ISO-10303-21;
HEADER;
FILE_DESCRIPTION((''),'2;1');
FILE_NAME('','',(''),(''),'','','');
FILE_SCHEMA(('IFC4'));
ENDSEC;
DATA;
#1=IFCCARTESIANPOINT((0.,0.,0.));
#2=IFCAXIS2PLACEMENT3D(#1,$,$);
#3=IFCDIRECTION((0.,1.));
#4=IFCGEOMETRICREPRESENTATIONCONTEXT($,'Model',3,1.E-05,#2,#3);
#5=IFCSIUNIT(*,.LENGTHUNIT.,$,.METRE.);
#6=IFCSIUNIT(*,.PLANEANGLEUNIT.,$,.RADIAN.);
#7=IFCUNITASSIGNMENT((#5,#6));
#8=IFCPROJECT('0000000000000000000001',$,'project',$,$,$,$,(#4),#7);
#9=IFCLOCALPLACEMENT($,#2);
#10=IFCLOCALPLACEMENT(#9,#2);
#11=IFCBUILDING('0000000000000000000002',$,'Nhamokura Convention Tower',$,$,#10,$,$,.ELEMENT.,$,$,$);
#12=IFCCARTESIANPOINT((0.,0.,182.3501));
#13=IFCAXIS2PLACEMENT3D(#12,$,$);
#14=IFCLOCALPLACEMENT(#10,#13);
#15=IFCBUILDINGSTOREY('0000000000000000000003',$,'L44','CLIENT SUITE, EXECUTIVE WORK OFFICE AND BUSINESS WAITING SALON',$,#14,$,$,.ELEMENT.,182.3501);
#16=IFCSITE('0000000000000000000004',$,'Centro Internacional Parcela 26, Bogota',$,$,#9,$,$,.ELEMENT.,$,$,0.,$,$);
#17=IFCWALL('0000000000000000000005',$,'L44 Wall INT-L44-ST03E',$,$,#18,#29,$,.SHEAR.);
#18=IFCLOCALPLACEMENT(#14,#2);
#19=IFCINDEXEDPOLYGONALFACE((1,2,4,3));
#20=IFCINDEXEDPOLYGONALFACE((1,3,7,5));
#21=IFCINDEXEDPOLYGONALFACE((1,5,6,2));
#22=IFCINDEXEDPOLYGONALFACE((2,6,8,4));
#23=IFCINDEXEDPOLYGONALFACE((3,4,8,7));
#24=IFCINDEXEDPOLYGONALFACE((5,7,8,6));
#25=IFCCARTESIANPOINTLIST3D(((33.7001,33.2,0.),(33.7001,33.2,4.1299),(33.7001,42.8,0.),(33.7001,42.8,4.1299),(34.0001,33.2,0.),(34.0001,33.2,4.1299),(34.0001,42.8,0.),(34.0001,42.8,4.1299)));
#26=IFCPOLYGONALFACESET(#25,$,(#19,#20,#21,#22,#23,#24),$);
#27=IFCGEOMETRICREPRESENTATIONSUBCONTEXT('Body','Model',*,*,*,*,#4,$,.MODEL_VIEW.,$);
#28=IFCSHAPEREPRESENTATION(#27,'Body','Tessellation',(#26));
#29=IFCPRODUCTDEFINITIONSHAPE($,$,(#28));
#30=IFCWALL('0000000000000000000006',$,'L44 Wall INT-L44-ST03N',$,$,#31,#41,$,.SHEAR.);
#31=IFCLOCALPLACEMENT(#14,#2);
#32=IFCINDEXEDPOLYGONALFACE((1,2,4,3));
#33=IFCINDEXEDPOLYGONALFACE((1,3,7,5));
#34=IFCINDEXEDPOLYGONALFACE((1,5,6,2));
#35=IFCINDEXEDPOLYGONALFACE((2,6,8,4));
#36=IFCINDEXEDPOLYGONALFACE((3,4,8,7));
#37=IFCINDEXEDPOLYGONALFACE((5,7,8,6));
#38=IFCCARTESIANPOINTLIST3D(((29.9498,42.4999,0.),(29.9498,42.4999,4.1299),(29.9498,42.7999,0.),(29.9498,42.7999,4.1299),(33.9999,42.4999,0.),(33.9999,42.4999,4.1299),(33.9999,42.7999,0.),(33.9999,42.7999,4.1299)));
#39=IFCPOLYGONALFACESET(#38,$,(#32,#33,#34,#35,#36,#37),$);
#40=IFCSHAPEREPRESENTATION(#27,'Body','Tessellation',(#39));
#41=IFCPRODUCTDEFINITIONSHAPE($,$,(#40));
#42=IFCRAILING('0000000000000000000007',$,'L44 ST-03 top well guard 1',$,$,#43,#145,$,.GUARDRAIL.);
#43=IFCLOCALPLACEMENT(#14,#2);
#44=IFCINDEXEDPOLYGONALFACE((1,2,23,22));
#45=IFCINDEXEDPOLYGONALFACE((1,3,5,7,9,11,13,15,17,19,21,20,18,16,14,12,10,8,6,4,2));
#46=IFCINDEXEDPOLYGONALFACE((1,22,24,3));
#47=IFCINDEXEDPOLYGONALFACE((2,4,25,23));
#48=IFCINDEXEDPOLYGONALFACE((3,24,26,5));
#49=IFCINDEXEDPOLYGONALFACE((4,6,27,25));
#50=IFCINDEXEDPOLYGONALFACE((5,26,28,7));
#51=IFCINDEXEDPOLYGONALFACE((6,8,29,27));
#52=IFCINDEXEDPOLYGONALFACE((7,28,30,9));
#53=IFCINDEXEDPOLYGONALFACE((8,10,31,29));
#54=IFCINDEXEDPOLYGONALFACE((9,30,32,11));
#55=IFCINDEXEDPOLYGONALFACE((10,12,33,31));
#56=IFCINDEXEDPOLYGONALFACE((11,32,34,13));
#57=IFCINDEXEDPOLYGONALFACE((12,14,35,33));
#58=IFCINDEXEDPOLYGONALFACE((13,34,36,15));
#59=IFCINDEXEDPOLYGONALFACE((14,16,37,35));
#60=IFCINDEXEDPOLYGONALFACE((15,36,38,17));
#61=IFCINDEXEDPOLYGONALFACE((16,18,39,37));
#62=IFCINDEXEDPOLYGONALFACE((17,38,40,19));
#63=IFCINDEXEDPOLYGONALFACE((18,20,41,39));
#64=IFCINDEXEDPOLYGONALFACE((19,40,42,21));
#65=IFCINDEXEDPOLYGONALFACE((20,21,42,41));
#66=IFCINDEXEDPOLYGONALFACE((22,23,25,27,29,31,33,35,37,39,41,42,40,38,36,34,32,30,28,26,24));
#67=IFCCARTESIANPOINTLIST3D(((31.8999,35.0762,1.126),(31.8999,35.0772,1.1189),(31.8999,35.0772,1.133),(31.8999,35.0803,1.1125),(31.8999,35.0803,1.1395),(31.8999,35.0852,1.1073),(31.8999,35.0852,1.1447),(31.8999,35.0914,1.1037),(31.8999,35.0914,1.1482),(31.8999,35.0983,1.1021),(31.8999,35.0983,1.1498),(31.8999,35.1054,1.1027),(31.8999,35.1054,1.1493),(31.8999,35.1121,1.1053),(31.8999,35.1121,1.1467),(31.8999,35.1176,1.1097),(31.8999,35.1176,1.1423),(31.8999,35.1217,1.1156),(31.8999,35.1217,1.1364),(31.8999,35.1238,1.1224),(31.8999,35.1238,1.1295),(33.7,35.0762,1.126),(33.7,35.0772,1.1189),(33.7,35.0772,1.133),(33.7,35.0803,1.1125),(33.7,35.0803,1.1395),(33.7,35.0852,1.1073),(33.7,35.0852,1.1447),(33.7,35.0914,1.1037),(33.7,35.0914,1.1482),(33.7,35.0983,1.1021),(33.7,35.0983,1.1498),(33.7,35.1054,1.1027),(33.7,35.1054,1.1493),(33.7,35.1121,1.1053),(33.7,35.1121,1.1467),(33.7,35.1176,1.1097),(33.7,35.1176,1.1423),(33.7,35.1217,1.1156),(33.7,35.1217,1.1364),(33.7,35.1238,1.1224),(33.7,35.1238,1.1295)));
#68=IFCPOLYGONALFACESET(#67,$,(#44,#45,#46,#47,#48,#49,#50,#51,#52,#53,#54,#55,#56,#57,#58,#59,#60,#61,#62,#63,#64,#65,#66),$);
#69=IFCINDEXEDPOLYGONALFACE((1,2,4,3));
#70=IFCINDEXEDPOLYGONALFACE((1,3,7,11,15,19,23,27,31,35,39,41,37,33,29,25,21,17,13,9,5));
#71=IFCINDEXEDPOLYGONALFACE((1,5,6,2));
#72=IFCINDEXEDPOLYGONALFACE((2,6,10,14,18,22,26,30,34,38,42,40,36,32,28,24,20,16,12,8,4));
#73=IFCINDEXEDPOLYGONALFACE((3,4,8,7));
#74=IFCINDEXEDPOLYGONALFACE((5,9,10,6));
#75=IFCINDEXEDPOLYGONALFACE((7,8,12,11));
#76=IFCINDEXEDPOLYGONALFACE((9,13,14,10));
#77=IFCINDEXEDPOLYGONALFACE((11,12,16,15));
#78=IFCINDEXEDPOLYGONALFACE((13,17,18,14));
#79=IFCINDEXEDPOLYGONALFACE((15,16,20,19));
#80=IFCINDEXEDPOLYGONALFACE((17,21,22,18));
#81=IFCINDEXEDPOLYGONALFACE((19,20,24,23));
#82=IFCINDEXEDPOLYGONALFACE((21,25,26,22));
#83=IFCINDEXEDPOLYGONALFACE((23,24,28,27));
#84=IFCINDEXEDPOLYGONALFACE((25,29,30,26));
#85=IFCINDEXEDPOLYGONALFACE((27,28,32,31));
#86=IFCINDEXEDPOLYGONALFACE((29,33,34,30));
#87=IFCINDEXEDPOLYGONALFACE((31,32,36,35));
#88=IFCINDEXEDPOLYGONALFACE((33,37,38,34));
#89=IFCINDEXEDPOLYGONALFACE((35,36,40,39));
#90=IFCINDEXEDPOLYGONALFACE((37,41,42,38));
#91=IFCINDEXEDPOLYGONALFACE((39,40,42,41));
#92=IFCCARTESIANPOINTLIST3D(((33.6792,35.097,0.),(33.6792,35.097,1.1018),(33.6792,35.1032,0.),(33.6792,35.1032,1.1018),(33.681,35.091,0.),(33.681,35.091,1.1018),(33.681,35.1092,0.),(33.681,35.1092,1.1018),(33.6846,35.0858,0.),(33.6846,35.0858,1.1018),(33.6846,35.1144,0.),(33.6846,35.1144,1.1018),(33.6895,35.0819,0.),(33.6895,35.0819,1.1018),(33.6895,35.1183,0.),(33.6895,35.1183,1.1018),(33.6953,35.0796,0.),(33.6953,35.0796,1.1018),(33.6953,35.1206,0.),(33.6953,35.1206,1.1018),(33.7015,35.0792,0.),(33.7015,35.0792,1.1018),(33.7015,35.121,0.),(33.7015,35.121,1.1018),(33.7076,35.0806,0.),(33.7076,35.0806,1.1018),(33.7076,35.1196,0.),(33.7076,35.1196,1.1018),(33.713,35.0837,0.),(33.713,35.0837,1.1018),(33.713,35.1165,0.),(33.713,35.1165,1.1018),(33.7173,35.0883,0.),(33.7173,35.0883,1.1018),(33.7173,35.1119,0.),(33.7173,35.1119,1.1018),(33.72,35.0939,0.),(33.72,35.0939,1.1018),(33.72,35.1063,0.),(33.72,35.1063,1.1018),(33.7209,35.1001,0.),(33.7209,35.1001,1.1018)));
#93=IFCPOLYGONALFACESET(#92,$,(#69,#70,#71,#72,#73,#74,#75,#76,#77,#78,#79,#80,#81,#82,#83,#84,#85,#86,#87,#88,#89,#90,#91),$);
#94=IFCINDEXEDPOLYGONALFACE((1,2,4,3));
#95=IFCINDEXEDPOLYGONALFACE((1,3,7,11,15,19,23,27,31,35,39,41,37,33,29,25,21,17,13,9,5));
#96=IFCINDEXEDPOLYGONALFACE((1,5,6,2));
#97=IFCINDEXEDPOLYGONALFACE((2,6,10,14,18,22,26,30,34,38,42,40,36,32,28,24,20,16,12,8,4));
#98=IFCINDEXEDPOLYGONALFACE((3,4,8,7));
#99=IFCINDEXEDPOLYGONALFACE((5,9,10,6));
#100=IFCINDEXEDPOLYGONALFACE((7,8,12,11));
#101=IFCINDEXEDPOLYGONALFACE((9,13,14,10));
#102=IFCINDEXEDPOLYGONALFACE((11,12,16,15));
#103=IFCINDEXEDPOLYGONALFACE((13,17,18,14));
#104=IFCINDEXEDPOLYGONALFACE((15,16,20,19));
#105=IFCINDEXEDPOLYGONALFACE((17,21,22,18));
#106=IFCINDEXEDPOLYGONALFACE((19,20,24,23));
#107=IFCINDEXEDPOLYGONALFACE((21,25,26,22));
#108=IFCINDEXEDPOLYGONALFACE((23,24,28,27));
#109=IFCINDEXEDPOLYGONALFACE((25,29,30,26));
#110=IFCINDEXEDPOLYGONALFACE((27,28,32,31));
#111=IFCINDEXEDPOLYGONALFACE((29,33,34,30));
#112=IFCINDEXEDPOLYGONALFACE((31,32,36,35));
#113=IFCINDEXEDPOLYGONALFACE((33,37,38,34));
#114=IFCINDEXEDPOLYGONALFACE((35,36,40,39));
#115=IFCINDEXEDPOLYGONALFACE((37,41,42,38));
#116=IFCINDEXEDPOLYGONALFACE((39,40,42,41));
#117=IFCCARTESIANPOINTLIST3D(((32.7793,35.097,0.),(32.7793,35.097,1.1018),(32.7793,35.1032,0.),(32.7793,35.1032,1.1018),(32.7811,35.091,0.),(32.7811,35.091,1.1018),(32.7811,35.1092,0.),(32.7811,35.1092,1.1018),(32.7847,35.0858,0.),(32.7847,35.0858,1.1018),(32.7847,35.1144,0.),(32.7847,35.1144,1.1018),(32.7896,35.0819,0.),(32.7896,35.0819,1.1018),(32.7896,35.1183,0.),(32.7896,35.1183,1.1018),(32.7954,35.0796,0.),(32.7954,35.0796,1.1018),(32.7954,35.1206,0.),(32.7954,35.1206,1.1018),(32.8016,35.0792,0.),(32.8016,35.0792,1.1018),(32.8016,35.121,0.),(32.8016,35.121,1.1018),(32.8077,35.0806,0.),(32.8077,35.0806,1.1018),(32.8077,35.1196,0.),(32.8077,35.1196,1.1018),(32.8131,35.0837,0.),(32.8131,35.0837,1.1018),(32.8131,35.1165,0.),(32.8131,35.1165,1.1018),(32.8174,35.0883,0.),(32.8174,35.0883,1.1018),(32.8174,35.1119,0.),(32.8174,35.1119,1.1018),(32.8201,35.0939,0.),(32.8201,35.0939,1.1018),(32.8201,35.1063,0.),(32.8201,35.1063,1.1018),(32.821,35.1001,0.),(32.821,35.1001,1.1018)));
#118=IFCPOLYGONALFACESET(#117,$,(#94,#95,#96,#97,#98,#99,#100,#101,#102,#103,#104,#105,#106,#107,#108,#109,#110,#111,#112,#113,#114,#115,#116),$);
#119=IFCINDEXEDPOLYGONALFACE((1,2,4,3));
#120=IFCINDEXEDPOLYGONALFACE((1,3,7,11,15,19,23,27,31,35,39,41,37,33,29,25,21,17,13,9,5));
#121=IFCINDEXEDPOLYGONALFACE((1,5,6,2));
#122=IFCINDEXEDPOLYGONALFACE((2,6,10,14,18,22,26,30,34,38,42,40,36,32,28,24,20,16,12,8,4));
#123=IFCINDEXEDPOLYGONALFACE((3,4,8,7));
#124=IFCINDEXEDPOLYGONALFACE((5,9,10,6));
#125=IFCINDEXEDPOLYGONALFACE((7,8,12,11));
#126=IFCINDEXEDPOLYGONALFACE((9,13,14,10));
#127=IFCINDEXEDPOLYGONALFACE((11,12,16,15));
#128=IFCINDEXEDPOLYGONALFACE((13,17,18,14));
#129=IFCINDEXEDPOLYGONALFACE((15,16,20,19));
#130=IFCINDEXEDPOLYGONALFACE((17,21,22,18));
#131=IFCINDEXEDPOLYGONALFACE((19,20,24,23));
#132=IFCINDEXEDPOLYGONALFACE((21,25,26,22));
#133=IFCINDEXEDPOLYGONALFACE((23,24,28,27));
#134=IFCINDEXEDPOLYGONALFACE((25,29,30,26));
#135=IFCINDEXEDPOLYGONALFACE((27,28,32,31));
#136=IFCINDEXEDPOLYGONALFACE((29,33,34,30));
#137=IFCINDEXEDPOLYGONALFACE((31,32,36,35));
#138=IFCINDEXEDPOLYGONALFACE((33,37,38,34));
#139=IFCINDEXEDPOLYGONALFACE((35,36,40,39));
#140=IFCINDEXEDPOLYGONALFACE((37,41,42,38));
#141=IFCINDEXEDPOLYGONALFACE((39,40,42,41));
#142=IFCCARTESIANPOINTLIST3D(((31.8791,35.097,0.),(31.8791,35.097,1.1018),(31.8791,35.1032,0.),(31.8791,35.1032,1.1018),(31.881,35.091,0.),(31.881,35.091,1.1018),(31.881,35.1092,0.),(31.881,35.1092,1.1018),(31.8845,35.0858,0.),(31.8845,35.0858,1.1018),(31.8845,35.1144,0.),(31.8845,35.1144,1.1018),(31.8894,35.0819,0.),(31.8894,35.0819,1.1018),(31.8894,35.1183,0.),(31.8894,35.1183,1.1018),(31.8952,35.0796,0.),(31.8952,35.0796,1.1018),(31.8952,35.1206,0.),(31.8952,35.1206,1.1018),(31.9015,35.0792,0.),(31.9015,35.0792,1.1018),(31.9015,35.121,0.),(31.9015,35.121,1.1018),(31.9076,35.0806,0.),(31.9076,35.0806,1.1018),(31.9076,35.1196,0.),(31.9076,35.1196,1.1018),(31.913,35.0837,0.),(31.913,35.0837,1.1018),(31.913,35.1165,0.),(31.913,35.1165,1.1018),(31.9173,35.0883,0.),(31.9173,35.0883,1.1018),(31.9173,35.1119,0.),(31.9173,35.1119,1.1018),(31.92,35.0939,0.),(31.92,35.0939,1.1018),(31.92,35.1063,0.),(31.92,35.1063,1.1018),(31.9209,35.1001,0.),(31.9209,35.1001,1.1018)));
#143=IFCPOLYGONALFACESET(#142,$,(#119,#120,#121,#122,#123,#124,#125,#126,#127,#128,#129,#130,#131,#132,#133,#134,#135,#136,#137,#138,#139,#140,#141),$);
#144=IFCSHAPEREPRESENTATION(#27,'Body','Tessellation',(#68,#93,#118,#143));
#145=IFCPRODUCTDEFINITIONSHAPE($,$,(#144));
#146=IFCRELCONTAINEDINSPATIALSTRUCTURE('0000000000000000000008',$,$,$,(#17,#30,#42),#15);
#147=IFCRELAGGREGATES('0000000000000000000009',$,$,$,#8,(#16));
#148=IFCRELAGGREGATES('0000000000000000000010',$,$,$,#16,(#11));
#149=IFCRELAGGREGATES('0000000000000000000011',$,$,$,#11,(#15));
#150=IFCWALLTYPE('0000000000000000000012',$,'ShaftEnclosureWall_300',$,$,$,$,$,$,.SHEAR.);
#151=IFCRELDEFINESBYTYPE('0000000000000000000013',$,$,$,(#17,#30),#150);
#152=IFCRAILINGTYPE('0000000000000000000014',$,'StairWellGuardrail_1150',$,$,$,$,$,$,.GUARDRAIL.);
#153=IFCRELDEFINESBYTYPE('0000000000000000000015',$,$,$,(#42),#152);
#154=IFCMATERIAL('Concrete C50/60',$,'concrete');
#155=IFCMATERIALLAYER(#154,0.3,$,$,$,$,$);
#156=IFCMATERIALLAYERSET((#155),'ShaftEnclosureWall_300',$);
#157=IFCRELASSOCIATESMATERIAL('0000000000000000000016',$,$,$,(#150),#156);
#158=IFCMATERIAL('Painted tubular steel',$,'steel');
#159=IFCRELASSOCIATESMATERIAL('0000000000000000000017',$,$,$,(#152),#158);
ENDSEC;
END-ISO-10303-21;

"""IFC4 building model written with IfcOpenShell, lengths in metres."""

from ifc_helpers import new_model, si_unit, direction, frame, frame_2d, origin, origin_2d, place, context, subcontext, project, spatial, rectangle, circle, extrude, material, layer, layer_set, type_object, element, save


model = new_model("IFC4")

# Units and contexts
model_context = context("Model", 3, precision=1e-05, world=origin(), true_north=direction((0.0, 1.0)))
body_context = subcontext(model_context, "Body", "Model", "MODEL_VIEW")
ifc_project = project(units=[si_unit("LENGTHUNIT", "METRE"), si_unit("PLANEANGLEUNIT", "RADIAN")], contexts=[model_context])

# Site, building, storey
site_placement = place(None, origin())
site = spatial("IfcSite", under=ifc_project, at=site_placement, Name="Centro Internacional Parcela 26, Bogota", CompositionType="ELEMENT", RefElevation=0.0)
building_placement = place(site_placement, origin())
building = spatial("IfcBuilding", under=site, at=building_placement, Name="Nhamokura Convention Tower", CompositionType="ELEMENT")
storey_placement = place(building_placement, frame((0.0, 0.0, 182.3501)))
storey = spatial("IfcBuildingStorey", under=building, at=storey_placement, Name="L44", Description="CLIENT SUITE, EXECUTIVE WORK OFFICE AND BUSINESS WAITING SALON", CompositionType="ELEMENT", Elevation=182.3501)

# Wall
ifc_material_1 = material(Name="Concrete C50/60", Category="concrete")
ifc_layer_1 = layer(ifc_material_1, 0.3)
ifc_layer_set_1 = layer_set([ifc_layer_1], Name="ShaftEnclosureWall_300")
wall_type_1 = type_object("IfcWallType", Name="ShaftEnclosureWall_300", PredefinedType="SHEAR", material=ifc_layer_set_1)
for number, where, z_axis, x_axis, name in (
    (1, (33.8501, 33.2, 0.0), (0.0, 0.0, 1.0), (0.0, 1.0, 0.0), "L44 Wall INT-L44-ST03E"),
):
    element("IfcWall", number, at=place(storey_placement, frame(where, z_axis=z_axis, x_axis=x_axis)), inside=storey, type_object=wall_type_1, Name=name, PredefinedType="SHEAR", context=body_context, shape_type="SweptSolid", body=[
        extrude(rectangle(XDim=9.6001, YDim=0.3, at=frame_2d((4.8, 0.0))), origin(), (0.0, 0.0, 1.0), 4.1299),
    ])

# Wall
wall_1_placement = place(storey_placement, frame((29.95, 42.6499, 0.0), z_axis=(0.0, 0.0, 1.0), x_axis=(1.0, 0.0, 0.0)))
element("IfcWall", 2, at=wall_1_placement, inside=storey, type_object=wall_type_1, Name="L44 Wall INT-L44-ST03N", PredefinedType="SHEAR", context=body_context, shape_type="SweptSolid", body=[
    extrude(rectangle(XDim=4.05, YDim=0.3, at=frame_2d((2.0249, 0.0))), origin(), (0.0, 0.0, 1.0), 4.1299),
])

# Railing
ifc_material_2 = material(Name="Painted tubular steel", Category="steel")
railing_type = type_object("IfcRailingType", Name="StairWellGuardrail_1150", PredefinedType="GUARDRAIL", material=ifc_material_2)
railing_placement = place(storey_placement, frame((33.7, 35.1001, 0.0)))
element("IfcRailing", 3, at=railing_placement, inside=storey, type_object=railing_type, Name="L44 ST-03 top well guard 1", PredefinedType="GUARDRAIL", context=body_context, shape_type="SweptSolid", body=[
    extrude(circle(Radius=0.0239, at=origin_2d()), frame((0.0, 0.0, 1.126), z_axis=(-1.0, 0.0, 0.0), x_axis=(0.0, -1.0, 0.0)), (0.0, 0.0, 1.0), 1.8),
    extrude(circle(Radius=0.021, at=origin_2d()), origin(), (0.0, 0.0, 1.0), 1.1018),
    extrude(circle(Radius=0.021, at=origin_2d()), frame((-0.8999, 0.0, 0.0)), (0.0, 0.0, 1.0), 1.1018),
    extrude(circle(Radius=0.021, at=origin_2d()), frame((-1.8, 0.0, 0.0)), (0.0, 0.0, 1.0), 1.1018),
])

save(model, "model.ifc")
